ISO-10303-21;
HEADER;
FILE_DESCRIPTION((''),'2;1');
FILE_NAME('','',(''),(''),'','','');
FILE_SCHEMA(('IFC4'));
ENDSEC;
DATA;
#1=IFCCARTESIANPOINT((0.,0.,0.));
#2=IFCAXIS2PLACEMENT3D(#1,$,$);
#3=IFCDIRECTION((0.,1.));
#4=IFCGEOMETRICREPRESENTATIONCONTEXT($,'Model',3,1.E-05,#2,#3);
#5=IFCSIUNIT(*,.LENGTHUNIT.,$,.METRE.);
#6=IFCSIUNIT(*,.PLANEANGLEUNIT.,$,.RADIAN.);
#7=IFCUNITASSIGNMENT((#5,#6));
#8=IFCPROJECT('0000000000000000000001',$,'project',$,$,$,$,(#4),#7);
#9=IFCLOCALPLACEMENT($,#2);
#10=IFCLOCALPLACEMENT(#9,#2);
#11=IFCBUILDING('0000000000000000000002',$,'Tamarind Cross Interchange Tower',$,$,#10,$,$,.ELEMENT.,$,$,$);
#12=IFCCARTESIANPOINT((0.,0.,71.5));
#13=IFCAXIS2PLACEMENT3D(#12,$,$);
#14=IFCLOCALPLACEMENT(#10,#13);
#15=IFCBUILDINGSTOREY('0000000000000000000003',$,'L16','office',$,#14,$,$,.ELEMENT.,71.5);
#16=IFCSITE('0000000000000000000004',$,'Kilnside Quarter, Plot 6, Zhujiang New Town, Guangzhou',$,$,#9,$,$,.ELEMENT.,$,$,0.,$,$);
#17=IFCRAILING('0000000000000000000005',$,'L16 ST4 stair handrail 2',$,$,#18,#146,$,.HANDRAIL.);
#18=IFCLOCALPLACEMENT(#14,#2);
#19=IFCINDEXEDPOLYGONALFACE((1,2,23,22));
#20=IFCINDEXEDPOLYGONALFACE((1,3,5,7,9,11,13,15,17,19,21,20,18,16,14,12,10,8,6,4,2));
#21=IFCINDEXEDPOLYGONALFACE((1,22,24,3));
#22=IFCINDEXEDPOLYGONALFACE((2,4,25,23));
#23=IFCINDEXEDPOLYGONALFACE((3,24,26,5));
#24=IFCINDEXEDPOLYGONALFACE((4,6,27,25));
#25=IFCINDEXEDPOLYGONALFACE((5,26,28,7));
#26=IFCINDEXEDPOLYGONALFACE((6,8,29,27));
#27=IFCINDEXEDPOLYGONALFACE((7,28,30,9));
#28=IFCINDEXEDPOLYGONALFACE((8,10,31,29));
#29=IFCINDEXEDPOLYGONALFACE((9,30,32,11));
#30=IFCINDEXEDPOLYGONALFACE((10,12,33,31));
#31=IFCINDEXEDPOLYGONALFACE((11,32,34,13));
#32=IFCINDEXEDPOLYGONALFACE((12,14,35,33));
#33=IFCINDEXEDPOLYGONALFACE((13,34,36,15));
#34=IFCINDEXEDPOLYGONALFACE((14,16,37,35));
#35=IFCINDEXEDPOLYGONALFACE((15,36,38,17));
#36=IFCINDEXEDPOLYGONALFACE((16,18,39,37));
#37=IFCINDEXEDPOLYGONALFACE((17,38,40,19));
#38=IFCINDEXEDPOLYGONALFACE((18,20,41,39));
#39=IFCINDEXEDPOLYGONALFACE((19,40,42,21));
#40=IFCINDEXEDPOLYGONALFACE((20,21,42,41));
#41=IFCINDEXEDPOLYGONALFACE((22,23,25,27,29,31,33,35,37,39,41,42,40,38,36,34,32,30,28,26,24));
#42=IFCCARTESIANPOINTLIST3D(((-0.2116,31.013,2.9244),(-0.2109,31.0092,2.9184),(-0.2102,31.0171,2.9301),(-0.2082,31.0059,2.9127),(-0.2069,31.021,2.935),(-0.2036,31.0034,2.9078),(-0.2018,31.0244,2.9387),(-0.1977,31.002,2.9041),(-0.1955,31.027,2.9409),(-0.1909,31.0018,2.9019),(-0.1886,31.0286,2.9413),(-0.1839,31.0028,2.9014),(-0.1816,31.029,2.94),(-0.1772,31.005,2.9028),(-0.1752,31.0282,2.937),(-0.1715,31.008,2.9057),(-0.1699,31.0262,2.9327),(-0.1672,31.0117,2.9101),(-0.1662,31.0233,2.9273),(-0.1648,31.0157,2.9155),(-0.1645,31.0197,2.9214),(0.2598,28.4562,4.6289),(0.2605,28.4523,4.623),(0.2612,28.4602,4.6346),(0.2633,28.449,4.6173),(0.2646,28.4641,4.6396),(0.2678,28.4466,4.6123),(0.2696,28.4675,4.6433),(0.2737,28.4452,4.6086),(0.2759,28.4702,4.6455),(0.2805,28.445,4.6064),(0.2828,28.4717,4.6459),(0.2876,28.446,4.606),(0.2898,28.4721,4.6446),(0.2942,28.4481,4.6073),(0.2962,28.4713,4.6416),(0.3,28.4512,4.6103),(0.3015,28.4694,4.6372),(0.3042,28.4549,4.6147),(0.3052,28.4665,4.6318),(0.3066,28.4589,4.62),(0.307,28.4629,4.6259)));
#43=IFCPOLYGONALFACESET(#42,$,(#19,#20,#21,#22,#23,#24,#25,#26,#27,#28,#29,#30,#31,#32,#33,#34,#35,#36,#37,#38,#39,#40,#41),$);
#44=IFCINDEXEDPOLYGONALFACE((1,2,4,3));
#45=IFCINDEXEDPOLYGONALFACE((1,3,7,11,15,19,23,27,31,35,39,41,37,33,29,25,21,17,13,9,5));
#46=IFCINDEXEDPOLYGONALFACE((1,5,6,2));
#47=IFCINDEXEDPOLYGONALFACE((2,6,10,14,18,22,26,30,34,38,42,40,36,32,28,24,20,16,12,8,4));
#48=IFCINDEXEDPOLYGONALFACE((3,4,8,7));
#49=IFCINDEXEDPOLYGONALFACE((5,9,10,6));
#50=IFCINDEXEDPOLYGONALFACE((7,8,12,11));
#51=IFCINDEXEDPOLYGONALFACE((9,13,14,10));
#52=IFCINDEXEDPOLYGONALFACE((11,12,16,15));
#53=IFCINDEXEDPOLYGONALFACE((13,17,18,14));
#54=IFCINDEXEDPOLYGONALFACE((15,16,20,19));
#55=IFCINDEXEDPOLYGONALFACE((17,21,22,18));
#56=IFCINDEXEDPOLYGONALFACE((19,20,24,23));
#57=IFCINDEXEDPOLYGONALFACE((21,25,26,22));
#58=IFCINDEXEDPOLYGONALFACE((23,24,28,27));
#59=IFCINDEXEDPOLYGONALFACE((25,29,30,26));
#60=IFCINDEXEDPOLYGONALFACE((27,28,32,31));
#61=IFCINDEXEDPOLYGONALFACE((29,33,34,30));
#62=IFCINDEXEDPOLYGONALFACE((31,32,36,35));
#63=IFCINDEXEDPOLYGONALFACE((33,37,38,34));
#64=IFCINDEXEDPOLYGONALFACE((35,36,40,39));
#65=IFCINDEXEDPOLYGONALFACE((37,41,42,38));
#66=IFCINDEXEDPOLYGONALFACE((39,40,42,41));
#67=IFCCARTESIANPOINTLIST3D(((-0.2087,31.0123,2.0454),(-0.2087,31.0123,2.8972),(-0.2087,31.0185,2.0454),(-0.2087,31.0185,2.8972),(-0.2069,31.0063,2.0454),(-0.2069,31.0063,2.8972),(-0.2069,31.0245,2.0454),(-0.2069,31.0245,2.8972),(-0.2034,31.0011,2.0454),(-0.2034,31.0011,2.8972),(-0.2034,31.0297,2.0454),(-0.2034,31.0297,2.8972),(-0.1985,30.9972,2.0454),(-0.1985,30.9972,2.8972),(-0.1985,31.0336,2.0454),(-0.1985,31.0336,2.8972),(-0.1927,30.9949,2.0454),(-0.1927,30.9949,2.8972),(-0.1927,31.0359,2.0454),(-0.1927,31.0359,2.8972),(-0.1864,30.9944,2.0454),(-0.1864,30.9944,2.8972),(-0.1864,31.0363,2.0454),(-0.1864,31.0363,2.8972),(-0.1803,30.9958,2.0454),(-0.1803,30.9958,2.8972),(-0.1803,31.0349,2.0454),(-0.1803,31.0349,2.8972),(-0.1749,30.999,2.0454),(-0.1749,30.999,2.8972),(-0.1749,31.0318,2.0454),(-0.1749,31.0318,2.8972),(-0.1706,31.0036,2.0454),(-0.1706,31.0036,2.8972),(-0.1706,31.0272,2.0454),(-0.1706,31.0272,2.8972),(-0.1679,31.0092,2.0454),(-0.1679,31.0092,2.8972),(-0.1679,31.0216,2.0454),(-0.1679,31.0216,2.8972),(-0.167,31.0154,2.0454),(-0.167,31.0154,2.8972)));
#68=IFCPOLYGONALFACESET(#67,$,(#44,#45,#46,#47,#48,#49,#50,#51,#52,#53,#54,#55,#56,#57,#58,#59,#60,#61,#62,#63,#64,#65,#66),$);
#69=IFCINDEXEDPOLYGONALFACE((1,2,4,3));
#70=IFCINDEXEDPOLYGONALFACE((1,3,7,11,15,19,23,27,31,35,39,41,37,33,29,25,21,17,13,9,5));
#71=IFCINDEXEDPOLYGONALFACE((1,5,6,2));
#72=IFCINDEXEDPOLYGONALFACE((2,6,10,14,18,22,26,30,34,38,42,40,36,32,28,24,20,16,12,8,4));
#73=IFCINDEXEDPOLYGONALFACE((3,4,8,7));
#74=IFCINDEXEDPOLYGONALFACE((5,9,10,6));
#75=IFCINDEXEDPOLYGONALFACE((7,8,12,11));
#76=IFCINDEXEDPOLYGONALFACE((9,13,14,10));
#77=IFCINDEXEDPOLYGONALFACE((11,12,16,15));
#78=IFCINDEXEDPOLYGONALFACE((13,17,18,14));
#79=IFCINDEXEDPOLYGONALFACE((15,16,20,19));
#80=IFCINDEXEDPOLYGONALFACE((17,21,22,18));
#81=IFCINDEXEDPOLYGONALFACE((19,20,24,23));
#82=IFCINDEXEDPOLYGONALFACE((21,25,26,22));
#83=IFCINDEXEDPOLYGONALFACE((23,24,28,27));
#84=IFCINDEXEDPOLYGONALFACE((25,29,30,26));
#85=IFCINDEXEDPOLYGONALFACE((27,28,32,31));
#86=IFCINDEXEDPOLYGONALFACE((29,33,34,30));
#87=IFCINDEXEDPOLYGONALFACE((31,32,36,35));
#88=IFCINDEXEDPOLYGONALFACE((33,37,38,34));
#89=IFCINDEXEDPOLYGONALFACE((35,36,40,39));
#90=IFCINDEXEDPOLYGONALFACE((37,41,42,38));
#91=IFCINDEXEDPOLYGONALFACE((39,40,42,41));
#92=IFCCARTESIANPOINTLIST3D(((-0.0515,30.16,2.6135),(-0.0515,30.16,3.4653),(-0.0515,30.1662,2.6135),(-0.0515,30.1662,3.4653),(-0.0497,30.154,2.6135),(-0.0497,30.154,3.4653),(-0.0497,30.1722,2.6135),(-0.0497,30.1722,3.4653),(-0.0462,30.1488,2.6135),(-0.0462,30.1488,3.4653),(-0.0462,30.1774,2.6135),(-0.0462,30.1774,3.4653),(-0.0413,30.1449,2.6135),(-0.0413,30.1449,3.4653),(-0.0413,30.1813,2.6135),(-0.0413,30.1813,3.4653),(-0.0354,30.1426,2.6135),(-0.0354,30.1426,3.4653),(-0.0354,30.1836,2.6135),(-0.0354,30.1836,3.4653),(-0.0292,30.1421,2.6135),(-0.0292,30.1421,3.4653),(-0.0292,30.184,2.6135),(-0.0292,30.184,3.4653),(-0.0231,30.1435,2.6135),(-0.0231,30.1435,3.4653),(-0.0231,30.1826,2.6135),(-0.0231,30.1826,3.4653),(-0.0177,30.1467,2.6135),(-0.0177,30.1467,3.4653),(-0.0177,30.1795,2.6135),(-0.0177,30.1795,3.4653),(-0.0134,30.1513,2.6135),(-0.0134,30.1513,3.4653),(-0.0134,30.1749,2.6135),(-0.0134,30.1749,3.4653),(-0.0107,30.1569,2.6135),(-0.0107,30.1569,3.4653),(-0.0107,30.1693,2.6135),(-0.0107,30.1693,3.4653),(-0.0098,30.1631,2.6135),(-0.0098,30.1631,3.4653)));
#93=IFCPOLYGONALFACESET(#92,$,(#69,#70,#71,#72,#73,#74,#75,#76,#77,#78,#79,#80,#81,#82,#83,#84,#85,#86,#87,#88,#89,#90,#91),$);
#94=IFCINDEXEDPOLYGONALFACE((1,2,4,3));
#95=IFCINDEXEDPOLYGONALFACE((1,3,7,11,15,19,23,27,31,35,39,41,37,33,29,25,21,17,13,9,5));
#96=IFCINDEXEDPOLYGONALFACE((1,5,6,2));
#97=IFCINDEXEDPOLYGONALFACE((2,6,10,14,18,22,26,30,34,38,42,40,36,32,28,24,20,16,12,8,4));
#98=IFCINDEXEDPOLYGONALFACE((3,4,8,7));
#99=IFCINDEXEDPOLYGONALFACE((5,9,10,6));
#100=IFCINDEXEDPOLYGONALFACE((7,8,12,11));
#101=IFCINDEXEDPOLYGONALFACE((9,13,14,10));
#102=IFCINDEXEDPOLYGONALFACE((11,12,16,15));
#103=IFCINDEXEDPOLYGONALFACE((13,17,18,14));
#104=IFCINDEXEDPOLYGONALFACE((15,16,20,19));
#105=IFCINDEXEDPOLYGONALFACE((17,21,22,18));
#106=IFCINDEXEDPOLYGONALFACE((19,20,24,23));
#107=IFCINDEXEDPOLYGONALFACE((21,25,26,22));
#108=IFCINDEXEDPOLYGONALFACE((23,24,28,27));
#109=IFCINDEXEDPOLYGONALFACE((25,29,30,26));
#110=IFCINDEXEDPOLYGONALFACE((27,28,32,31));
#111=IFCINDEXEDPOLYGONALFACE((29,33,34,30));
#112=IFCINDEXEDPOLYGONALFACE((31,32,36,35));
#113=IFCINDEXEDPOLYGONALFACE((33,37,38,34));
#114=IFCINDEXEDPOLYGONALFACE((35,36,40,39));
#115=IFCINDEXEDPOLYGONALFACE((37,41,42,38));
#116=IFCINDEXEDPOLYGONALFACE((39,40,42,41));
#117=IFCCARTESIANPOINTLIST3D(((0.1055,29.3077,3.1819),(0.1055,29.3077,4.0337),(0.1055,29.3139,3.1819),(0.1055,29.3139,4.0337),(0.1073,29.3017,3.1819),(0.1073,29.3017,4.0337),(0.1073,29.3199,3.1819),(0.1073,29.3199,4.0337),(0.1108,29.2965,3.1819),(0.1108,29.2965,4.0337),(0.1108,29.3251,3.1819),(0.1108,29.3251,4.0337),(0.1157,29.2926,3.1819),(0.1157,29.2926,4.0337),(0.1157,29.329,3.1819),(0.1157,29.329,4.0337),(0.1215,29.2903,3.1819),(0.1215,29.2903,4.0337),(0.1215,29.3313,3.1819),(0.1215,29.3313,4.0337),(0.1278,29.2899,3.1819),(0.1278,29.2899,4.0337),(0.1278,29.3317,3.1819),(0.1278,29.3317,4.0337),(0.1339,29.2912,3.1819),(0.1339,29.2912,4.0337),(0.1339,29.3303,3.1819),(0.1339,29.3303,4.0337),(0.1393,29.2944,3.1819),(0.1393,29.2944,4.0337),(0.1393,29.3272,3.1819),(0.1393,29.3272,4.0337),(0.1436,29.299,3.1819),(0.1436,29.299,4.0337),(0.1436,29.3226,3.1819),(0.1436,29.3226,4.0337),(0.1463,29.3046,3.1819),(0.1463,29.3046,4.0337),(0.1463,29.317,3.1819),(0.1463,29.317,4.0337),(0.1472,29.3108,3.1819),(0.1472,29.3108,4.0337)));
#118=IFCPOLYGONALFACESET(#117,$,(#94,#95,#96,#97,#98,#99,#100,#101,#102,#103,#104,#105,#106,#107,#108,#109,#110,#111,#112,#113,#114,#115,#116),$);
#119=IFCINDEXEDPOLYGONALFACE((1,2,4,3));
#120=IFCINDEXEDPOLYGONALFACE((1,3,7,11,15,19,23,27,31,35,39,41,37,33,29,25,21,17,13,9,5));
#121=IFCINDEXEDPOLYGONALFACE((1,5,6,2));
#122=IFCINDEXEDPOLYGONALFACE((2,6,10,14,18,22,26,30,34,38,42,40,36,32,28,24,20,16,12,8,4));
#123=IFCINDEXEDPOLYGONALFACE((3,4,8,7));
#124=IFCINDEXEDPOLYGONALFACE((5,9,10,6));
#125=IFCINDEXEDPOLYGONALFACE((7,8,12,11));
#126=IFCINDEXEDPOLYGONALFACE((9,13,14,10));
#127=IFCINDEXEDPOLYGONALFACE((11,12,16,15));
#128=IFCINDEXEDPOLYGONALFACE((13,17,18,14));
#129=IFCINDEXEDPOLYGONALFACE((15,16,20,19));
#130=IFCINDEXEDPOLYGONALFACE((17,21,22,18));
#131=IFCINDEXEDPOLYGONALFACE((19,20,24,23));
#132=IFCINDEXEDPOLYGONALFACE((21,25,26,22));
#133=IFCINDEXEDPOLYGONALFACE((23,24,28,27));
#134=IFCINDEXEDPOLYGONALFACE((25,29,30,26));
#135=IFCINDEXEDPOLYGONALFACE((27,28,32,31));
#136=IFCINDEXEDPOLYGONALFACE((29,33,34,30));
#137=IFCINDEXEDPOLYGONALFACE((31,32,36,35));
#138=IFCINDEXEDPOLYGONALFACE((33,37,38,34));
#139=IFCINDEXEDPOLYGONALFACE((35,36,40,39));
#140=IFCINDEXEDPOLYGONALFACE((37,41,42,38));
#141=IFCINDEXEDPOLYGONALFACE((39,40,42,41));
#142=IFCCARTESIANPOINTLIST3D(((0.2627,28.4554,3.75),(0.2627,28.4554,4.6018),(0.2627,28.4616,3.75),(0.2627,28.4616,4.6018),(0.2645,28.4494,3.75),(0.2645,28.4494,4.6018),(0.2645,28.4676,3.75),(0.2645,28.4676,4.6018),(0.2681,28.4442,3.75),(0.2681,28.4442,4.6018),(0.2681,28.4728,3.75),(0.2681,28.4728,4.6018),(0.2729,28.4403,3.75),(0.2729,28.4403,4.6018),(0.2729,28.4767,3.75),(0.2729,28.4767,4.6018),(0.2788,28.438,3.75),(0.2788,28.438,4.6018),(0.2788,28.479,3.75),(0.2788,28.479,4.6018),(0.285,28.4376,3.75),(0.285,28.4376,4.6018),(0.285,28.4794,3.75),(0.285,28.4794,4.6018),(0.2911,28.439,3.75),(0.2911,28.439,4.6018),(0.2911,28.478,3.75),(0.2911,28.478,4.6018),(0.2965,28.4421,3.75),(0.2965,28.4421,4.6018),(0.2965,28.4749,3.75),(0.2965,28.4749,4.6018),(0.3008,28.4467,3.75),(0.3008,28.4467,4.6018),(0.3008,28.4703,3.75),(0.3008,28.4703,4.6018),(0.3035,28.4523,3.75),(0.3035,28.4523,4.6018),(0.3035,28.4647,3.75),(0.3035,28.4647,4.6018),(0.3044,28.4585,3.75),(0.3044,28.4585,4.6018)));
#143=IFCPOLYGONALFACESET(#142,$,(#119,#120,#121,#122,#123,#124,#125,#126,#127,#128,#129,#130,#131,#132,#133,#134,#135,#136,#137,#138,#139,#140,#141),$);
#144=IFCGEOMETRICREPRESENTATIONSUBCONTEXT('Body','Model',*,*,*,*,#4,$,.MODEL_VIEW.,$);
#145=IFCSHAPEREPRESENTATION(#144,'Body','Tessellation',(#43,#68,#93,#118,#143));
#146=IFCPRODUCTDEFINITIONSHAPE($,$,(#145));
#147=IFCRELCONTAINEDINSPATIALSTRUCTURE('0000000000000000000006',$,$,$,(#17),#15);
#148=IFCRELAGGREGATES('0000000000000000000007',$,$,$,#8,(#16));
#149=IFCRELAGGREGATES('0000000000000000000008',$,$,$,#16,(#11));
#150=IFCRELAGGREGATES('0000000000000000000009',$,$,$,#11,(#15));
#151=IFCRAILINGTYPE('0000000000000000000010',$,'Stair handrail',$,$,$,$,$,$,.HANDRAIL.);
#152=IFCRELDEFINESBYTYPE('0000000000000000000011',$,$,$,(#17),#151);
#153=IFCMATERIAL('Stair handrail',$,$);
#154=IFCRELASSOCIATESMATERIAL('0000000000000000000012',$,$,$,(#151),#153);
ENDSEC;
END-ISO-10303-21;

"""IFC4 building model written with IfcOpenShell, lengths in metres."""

from ifc_helpers import new_model, si_unit, direction, frame, origin, origin_2d, place, context, subcontext, project, spatial, circle, extrude, material, type_object, element, save


model = new_model("IFC4")

# Units and contexts
model_context = context("Model", 3, precision=1e-05, world=origin(), true_north=direction((0.0, 1.0)))
body_context = subcontext(model_context, "Body", "Model", "MODEL_VIEW")
ifc_project = project(units=[si_unit("LENGTHUNIT", "METRE"), si_unit("PLANEANGLEUNIT", "RADIAN")], contexts=[model_context])

# Site, building, storey
site_placement = place(None, origin())
site = spatial("IfcSite", under=ifc_project, at=site_placement, Name="Kilnside Quarter, Plot 6, Zhujiang New Town, Guangzhou", CompositionType="ELEMENT", RefElevation=0.0)
building_placement = place(site_placement, origin())
building = spatial("IfcBuilding", under=site, at=building_placement, Name="Tamarind Cross Interchange Tower", CompositionType="ELEMENT")
storey_placement = place(building_placement, frame((0.0, 0.0, 71.5)))
storey = spatial("IfcBuildingStorey", under=building, at=storey_placement, Name="L16", Description="office", CompositionType="ELEMENT", Elevation=71.5)

# Railing
ifc_material_1 = material(Name="Stair handrail")
railing_type = type_object("IfcRailingType", Name="Stair handrail", PredefinedType="HANDRAIL", material=ifc_material_1)
railing_placement = place(storey_placement, frame((-0.188, 31.0154, 2.0454)))
element("IfcRailing", 1, at=railing_placement, inside=storey, type_object=railing_type, Name="L16 ST4 stair handrail 2", PredefinedType="HANDRAIL", context=body_context, shape_type="SweptSolid", body=[
    extrude(circle(Radius=0.0239, at=origin_2d()), frame((0.0, 0.0, 0.876), z_axis=(0.151638, -0.822428, 0.548286), x_axis=(0.983424, 0.181323, 0.0)), (0.0, 0.0, 1.0), 3.1089),
    extrude(circle(Radius=0.021, at=origin_2d()), origin(), (0.0, 0.0, 1.0), 0.8518),
    extrude(circle(Radius=0.021, at=origin_2d()), frame((0.1572, -0.8523, 0.5681)), (0.0, 0.0, 1.0), 0.8518),
    extrude(circle(Radius=0.021, at=origin_2d()), frame((0.3142, -1.7046, 1.1365)), (0.0, 0.0, 1.0), 0.8518),
    extrude(circle(Radius=0.021, at=origin_2d()), frame((0.4714, -2.5569, 1.7046)), (0.0, 0.0, 1.0), 0.8518),
])

save(model, "model.ifc")
